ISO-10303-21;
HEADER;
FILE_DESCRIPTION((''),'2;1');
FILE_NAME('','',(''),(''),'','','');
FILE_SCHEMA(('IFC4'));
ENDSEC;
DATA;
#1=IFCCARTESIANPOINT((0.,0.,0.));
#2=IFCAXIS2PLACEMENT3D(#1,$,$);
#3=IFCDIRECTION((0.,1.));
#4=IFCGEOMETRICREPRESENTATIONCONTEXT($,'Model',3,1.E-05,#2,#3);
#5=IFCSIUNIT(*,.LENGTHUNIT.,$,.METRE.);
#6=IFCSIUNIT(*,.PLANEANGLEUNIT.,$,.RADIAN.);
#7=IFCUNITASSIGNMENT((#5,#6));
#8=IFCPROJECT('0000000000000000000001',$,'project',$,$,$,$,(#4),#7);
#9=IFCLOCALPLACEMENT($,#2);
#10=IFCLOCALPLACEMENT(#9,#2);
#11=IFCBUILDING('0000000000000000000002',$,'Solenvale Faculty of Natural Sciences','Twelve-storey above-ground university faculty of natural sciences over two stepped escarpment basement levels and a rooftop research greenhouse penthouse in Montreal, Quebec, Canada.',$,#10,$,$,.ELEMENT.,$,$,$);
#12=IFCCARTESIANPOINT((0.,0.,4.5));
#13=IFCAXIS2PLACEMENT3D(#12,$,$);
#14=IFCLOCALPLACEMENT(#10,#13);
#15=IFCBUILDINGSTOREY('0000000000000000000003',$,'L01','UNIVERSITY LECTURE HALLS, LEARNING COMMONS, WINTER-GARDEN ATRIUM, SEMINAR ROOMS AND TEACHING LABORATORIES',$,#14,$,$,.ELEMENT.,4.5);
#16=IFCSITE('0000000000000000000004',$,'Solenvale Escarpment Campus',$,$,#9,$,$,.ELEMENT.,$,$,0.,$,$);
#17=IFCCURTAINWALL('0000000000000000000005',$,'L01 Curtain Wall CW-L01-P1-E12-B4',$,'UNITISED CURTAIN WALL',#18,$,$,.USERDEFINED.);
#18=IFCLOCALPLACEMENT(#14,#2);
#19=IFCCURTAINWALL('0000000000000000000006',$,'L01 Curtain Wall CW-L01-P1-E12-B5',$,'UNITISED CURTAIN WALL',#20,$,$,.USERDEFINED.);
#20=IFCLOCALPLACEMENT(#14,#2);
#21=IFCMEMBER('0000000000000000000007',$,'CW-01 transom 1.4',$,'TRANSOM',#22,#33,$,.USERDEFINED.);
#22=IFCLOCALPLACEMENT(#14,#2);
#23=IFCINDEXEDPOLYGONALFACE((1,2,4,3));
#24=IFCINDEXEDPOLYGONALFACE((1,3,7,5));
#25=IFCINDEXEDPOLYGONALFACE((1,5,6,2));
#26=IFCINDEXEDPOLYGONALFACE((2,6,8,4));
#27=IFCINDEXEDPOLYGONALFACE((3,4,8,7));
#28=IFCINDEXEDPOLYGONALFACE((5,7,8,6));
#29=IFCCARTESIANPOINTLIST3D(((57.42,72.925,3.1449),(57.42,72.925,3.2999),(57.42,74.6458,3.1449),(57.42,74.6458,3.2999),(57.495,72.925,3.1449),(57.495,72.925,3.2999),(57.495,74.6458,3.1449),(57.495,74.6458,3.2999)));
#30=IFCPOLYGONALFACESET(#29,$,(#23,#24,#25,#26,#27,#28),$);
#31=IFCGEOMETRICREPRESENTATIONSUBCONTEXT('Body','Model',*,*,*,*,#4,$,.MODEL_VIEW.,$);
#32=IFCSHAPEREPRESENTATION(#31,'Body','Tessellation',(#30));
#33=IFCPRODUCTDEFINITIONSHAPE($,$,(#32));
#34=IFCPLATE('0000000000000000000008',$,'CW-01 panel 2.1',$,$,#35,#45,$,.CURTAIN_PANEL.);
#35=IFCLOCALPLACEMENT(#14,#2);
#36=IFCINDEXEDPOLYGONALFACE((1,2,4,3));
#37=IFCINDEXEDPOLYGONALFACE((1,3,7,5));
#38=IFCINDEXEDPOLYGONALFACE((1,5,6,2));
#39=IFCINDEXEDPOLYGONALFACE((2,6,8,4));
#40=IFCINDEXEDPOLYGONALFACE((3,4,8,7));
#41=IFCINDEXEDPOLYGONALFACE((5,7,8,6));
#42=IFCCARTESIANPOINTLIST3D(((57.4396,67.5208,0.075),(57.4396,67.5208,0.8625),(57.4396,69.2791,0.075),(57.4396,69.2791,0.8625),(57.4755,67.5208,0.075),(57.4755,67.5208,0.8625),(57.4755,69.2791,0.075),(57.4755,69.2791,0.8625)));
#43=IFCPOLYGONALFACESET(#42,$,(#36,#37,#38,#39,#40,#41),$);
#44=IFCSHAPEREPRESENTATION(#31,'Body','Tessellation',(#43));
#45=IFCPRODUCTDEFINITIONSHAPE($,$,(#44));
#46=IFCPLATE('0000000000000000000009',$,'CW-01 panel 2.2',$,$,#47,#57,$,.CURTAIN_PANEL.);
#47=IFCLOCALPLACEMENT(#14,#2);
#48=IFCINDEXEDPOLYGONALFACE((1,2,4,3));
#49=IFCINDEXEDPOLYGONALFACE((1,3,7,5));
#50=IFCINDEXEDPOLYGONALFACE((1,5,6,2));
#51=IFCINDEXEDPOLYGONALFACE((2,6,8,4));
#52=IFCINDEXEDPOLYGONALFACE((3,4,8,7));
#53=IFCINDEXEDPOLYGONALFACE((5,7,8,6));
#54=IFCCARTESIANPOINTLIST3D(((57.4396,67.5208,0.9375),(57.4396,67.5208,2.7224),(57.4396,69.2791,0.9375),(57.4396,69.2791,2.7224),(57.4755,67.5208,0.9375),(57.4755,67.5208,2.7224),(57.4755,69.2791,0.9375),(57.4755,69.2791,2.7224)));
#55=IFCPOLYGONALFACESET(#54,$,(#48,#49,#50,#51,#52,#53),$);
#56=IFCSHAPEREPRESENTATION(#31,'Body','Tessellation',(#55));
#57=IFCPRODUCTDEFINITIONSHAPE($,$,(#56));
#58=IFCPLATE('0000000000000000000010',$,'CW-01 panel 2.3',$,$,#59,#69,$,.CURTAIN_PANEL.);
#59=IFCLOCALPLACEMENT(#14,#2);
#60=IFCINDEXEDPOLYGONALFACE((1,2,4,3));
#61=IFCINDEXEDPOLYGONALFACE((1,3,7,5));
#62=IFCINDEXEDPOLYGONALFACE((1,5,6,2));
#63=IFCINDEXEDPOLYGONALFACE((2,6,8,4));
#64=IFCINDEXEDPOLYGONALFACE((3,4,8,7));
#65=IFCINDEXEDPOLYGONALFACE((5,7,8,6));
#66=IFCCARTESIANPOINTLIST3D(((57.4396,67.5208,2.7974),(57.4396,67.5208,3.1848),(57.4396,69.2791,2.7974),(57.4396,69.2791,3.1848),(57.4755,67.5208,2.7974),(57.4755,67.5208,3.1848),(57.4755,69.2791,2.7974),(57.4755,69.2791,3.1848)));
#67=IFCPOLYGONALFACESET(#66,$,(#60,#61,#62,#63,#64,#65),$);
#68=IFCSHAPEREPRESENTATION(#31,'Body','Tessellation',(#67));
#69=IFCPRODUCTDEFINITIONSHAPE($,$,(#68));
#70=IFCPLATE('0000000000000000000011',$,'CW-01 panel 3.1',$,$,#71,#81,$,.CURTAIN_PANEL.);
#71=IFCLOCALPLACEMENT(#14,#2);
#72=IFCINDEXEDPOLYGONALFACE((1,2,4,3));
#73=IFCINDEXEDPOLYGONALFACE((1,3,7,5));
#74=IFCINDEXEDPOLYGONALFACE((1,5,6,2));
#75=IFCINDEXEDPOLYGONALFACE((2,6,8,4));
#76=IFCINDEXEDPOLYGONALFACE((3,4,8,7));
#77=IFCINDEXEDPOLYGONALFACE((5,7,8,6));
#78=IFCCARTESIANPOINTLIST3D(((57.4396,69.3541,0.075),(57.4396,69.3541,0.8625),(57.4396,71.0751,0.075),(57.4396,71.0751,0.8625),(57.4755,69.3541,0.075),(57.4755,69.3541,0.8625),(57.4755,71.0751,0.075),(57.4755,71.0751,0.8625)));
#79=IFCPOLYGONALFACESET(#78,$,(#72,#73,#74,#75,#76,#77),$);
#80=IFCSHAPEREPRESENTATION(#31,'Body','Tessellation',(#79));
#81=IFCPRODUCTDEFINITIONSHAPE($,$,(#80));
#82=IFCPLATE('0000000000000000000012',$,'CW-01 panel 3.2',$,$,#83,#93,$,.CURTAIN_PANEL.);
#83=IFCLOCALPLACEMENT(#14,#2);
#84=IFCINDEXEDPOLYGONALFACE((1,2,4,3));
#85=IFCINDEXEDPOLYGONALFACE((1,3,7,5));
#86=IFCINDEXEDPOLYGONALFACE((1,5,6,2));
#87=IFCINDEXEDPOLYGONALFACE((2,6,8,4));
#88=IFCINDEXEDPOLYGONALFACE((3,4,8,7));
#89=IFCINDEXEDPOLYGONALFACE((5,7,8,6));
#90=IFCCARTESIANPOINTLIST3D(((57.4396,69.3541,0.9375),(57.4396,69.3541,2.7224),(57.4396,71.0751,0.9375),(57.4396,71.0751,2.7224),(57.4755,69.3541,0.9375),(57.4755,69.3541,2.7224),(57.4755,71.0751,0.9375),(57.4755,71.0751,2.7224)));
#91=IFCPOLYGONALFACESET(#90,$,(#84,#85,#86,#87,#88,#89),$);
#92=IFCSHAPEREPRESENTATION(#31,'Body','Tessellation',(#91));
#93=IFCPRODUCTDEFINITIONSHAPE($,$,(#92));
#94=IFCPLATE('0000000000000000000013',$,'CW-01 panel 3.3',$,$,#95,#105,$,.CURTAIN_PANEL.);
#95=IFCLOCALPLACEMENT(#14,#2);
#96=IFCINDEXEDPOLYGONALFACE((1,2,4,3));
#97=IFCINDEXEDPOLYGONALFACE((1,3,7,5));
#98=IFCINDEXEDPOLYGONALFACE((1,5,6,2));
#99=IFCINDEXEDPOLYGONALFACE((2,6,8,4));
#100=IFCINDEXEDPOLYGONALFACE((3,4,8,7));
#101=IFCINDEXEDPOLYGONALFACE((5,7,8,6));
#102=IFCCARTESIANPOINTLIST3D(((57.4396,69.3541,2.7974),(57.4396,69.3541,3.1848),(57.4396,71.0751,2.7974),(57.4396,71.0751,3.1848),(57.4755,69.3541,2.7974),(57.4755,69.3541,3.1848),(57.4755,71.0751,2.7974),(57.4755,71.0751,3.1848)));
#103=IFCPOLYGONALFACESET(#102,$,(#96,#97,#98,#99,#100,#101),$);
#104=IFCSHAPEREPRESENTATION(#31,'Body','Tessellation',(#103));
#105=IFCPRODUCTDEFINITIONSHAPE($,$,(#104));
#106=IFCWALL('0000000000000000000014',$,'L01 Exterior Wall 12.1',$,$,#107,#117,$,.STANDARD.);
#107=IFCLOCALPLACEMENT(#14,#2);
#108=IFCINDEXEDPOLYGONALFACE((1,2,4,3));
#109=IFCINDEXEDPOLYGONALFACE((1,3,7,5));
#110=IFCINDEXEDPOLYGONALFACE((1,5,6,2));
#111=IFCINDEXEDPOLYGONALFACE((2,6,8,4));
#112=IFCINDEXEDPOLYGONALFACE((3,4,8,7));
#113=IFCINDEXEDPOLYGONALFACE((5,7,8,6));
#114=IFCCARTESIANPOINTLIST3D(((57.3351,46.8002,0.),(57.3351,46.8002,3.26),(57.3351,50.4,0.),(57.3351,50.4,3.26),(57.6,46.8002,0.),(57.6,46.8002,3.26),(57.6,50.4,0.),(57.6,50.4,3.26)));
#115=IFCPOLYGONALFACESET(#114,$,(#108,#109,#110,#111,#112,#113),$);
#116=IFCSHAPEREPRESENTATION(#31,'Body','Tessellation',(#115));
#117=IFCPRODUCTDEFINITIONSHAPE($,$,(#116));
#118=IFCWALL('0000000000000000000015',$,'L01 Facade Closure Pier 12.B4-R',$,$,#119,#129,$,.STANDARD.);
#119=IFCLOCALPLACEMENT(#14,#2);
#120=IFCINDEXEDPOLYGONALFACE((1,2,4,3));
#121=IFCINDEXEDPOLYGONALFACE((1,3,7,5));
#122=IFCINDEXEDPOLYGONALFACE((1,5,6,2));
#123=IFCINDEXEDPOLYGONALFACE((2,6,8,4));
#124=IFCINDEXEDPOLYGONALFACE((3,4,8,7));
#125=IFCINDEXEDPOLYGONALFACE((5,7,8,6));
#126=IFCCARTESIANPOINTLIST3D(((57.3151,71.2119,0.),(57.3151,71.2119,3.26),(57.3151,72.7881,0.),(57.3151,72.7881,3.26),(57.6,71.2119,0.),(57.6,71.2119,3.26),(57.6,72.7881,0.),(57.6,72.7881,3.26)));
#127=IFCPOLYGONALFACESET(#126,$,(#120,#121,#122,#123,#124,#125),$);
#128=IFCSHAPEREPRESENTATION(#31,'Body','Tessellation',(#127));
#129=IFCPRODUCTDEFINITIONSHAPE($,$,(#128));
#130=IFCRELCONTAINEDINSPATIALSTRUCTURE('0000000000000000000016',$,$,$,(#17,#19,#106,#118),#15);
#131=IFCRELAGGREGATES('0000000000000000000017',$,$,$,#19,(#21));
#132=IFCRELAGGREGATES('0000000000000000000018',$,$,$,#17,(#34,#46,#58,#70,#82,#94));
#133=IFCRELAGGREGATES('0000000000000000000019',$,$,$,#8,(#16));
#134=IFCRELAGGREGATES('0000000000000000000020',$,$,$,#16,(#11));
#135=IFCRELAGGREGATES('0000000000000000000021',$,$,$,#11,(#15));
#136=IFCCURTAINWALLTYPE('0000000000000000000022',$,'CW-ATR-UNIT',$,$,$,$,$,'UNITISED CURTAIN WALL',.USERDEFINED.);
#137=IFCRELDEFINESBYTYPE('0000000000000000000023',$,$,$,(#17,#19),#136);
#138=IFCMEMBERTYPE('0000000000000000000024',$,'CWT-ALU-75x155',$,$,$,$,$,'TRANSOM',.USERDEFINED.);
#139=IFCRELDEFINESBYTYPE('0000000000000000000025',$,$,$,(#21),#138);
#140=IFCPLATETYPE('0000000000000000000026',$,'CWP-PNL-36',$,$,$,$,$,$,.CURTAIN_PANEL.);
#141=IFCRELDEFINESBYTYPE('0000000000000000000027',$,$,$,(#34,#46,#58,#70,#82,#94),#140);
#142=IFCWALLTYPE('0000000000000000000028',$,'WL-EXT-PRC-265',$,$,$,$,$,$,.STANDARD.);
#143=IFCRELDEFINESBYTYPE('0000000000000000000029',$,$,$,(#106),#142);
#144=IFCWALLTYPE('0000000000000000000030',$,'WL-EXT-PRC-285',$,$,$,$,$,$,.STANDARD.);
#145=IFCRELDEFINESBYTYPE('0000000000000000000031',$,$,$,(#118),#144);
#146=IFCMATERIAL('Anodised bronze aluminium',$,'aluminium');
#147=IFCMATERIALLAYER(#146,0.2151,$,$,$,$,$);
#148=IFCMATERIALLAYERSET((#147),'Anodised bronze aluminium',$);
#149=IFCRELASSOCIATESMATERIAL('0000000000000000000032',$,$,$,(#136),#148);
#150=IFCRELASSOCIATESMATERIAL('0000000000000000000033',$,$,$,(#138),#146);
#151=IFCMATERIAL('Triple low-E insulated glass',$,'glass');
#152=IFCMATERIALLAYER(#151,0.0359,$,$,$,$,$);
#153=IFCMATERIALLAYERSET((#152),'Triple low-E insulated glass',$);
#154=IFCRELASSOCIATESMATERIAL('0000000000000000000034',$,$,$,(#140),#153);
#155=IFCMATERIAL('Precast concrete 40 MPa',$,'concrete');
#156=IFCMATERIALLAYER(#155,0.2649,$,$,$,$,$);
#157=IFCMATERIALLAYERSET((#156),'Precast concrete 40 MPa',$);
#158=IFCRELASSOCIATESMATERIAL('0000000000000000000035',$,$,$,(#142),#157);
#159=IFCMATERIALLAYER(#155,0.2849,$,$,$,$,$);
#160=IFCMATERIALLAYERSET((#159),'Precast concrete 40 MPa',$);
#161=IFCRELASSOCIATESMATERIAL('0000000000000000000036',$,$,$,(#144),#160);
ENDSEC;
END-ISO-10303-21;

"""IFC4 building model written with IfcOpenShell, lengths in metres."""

from ifc_helpers import new_model, si_unit, direction, frame, frame_2d, origin, origin_2d, place, context, subcontext, project, spatial, rectangle, extrude, material, layer, layer_set, material_profile, profile_set, type_object, element, aggregate, save


model = new_model("IFC4")

# Units and contexts
model_context = context("Model", 3, precision=1e-05, world=origin(), true_north=direction((0.0, 1.0)))
body_context = subcontext(model_context, "Body", "Model", "MODEL_VIEW")
ifc_project = project(units=[si_unit("LENGTHUNIT", "METRE"), si_unit("PLANEANGLEUNIT", "RADIAN")], contexts=[model_context])

# Site, building, storey
site_placement = place(None, origin())
site = spatial("IfcSite", under=ifc_project, at=site_placement, Name="Solenvale Escarpment Campus", CompositionType="ELEMENT", RefElevation=0.0)
building_placement = place(site_placement, origin())
building = spatial("IfcBuilding", under=site, at=building_placement, Name="Solenvale Faculty of Natural Sciences", Description="Twelve-storey above-ground university faculty of natural sciences over two stepped escarpment basement levels and a rooftop research greenhouse penthouse in Montreal, Quebec, Canada.", CompositionType="ELEMENT")
storey_placement = place(building_placement, frame((0.0, 0.0, 4.5)))
storey = spatial("IfcBuildingStorey", under=building, at=storey_placement, Name="L01", Description="UNIVERSITY LECTURE HALLS, LEARNING COMMONS, WINTER-GARDEN ATRIUM, SEMINAR ROOMS AND TEACHING LABORATORIES", CompositionType="ELEMENT", Elevation=4.5)

# Curtain wall
ifc_material_1 = material(Name="Anodised bronze aluminium", Category="aluminium")
ifc_layer_1 = layer(ifc_material_1, 0.2151)
ifc_layer_set_1 = layer_set([ifc_layer_1], Name="Anodised bronze aluminium")
curtain_wall_type = type_object("IfcCurtainWallType", Name="CW-ATR-UNIT", ElementType="UNITISED CURTAIN WALL", PredefinedType="USERDEFINED", material=ifc_layer_set_1)
curtain_wall_1_placement = place(storey_placement, origin())
curtain_wall_1 = element("IfcCurtainWall", 1, at=curtain_wall_1_placement, inside=storey, type_object=curtain_wall_type, Name="L01 Curtain Wall CW-L01-P1-E12-B4", ObjectType="UNITISED CURTAIN WALL", PredefinedType="USERDEFINED")

# Curtain wall
curtain_wall_2_placement = place(storey_placement, origin())
curtain_wall_2 = element("IfcCurtainWall", 2, at=curtain_wall_2_placement, inside=storey, type_object=curtain_wall_type, Name="L01 Curtain Wall CW-L01-P1-E12-B5", ObjectType="UNITISED CURTAIN WALL", PredefinedType="USERDEFINED")

# Member
ifc_material_profile_1 = material_profile(ifc_material_1, rectangle(XDim=0.075, YDim=0.155, at=origin_2d()), Name="ALU-TRN-75x155")
ifc_profile_set_1 = profile_set([ifc_material_profile_1], Name="Anodised bronze aluminium")
member_type_1 = type_object("IfcMemberType", Name="CWT-ALU-75x155", ElementType="TRANSOM", PredefinedType="USERDEFINED", material=ifc_profile_set_1)
member_1_placement = place(storey_placement, frame((57.4575, 72.925, 3.2224), z_axis=(0.0, 1.0, 0.0), x_axis=(-1.0, 0.0, 0.0)))
member_1 = element("IfcMember", 3, at=member_1_placement, type_object=member_type_1, Name="CW-01 transom 1.4", ObjectType="TRANSOM", PredefinedType="USERDEFINED", context=body_context, shape_type="SweptSolid", body=[
    extrude(rectangle(XDim=0.075, YDim=0.155, at=origin_2d()), origin(), (0.0, 0.0, 1.0), 1.7207),
])
aggregate(curtain_wall_2, [member_1])

# Plates
ifc_material_2 = material(Name="Triple low-E insulated glass", Category="glass")
ifc_layer_2 = layer(ifc_material_2, 0.0359)
ifc_layer_set_2 = layer_set([ifc_layer_2], Name="Triple low-E insulated glass")
plate_type = type_object("IfcPlateType", Name="CWP-PNL-36", PredefinedType="CURTAIN_PANEL", material=ifc_layer_set_2)
plate_1_placement = place(storey_placement, frame((57.4575, 68.3999, 0.075), z_axis=(0.0, 0.0, 1.0), x_axis=(0.0, 1.0, 0.0)))
plate_1 = element("IfcPlate", 4, at=plate_1_placement, type_object=plate_type, Name="CW-01 panel 2.1", PredefinedType="CURTAIN_PANEL", context=body_context, shape_type="SweptSolid", body=[
    extrude(rectangle(XDim=1.7583, YDim=0.0359, at=origin_2d()), origin(), (0.0, 0.0, 1.0), 0.7876),
])
plate_2_placement = place(storey_placement, frame((57.4575, 68.3999, 0.9375), z_axis=(0.0, 0.0, 1.0), x_axis=(0.0, 1.0, 0.0)))
plate_2 = element("IfcPlate", 5, at=plate_2_placement, type_object=plate_type, Name="CW-01 panel 2.2", PredefinedType="CURTAIN_PANEL", context=body_context, shape_type="SweptSolid", body=[
    extrude(rectangle(XDim=1.7583, YDim=0.0359, at=origin_2d()), origin(), (0.0, 0.0, 1.0), 1.7849),
])
plate_3_placement = place(storey_placement, frame((57.4575, 68.3999, 2.7974), z_axis=(0.0, 0.0, 1.0), x_axis=(0.0, 1.0, 0.0)))
plate_3 = element("IfcPlate", 6, at=plate_3_placement, type_object=plate_type, Name="CW-01 panel 2.3", PredefinedType="CURTAIN_PANEL", context=body_context, shape_type="SweptSolid", body=[
    extrude(rectangle(XDim=1.7583, YDim=0.0359, at=origin_2d()), origin(), (0.0, 0.0, 1.0), 0.3875),
])
plate_4_placement = place(storey_placement, frame((57.4575, 70.2146, 0.075), z_axis=(0.0, 0.0, 1.0), x_axis=(0.0, 1.0, 0.0)))
plate_4 = element("IfcPlate", 7, at=plate_4_placement, type_object=plate_type, Name="CW-01 panel 3.1", PredefinedType="CURTAIN_PANEL", context=body_context, shape_type="SweptSolid", body=[
    extrude(rectangle(XDim=1.7209, YDim=0.0359, at=origin_2d()), origin(), (0.0, 0.0, 1.0), 0.7876),
])
plate_5_placement = place(storey_placement, frame((57.4575, 70.2146, 0.9375), z_axis=(0.0, 0.0, 1.0), x_axis=(0.0, 1.0, 0.0)))
plate_5 = element("IfcPlate", 8, at=plate_5_placement, type_object=plate_type, Name="CW-01 panel 3.2", PredefinedType="CURTAIN_PANEL", context=body_context, shape_type="SweptSolid", body=[
    extrude(rectangle(XDim=1.7209, YDim=0.0359, at=origin_2d()), origin(), (0.0, 0.0, 1.0), 1.7849),
])
plate_6_placement = place(storey_placement, frame((57.4575, 70.2146, 2.7974), z_axis=(0.0, 0.0, 1.0), x_axis=(0.0, 1.0, 0.0)))
plate_6 = element("IfcPlate", 9, at=plate_6_placement, type_object=plate_type, Name="CW-01 panel 3.3", PredefinedType="CURTAIN_PANEL", context=body_context, shape_type="SweptSolid", body=[
    extrude(rectangle(XDim=1.7209, YDim=0.0359, at=origin_2d()), origin(), (0.0, 0.0, 1.0), 0.3875),
])
aggregate(curtain_wall_1, [plate_1, plate_2, plate_3, plate_4, plate_5, plate_6])

# Walls
ifc_material_3 = material(Name="Precast concrete 40 MPa", Category="concrete")
ifc_layer_3 = layer(ifc_material_3, 0.2649)
ifc_layer_set_3 = layer_set([ifc_layer_3], Name="Precast concrete 40 MPa")
wall_type_1 = type_object("IfcWallType", Name="WL-EXT-PRC-265", PredefinedType="STANDARD", material=ifc_layer_set_3)
wall_1_placement = place(storey_placement, frame((57.4675, 50.3999, 0.0), z_axis=(0.0, 0.0, 1.0), x_axis=(0.0, -1.0, 0.0)))
element("IfcWall", 10, at=wall_1_placement, inside=storey, type_object=wall_type_1, Name="L01 Exterior Wall 12.1", PredefinedType="STANDARD", context=body_context, shape_type="SweptSolid", body=[
    extrude(rectangle(XDim=3.5999, YDim=0.2649, at=frame_2d((1.7998, 0.0))), origin(), (0.0, 0.0, 1.0), 3.26),
])
ifc_layer_4 = layer(ifc_material_3, 0.2849)
ifc_layer_set_4 = layer_set([ifc_layer_4], Name="Precast concrete 40 MPa")
wall_type_2 = type_object("IfcWallType", Name="WL-EXT-PRC-285", PredefinedType="STANDARD", material=ifc_layer_set_4)
wall_2_placement = place(storey_placement, frame((57.4575, 71.2119, 0.0), z_axis=(0.0, 0.0, 1.0), x_axis=(0.0, 1.0, 0.0)))
element("IfcWall", 11, at=wall_2_placement, inside=storey, type_object=wall_type_2, Name="L01 Facade Closure Pier 12.B4-R", PredefinedType="STANDARD", context=body_context, shape_type="SweptSolid", body=[
    extrude(rectangle(XDim=1.5762, YDim=0.2849, at=frame_2d((0.7881, 0.0))), origin(), (0.0, 0.0, 1.0), 3.26),
])

save(model, "model.ifc")
